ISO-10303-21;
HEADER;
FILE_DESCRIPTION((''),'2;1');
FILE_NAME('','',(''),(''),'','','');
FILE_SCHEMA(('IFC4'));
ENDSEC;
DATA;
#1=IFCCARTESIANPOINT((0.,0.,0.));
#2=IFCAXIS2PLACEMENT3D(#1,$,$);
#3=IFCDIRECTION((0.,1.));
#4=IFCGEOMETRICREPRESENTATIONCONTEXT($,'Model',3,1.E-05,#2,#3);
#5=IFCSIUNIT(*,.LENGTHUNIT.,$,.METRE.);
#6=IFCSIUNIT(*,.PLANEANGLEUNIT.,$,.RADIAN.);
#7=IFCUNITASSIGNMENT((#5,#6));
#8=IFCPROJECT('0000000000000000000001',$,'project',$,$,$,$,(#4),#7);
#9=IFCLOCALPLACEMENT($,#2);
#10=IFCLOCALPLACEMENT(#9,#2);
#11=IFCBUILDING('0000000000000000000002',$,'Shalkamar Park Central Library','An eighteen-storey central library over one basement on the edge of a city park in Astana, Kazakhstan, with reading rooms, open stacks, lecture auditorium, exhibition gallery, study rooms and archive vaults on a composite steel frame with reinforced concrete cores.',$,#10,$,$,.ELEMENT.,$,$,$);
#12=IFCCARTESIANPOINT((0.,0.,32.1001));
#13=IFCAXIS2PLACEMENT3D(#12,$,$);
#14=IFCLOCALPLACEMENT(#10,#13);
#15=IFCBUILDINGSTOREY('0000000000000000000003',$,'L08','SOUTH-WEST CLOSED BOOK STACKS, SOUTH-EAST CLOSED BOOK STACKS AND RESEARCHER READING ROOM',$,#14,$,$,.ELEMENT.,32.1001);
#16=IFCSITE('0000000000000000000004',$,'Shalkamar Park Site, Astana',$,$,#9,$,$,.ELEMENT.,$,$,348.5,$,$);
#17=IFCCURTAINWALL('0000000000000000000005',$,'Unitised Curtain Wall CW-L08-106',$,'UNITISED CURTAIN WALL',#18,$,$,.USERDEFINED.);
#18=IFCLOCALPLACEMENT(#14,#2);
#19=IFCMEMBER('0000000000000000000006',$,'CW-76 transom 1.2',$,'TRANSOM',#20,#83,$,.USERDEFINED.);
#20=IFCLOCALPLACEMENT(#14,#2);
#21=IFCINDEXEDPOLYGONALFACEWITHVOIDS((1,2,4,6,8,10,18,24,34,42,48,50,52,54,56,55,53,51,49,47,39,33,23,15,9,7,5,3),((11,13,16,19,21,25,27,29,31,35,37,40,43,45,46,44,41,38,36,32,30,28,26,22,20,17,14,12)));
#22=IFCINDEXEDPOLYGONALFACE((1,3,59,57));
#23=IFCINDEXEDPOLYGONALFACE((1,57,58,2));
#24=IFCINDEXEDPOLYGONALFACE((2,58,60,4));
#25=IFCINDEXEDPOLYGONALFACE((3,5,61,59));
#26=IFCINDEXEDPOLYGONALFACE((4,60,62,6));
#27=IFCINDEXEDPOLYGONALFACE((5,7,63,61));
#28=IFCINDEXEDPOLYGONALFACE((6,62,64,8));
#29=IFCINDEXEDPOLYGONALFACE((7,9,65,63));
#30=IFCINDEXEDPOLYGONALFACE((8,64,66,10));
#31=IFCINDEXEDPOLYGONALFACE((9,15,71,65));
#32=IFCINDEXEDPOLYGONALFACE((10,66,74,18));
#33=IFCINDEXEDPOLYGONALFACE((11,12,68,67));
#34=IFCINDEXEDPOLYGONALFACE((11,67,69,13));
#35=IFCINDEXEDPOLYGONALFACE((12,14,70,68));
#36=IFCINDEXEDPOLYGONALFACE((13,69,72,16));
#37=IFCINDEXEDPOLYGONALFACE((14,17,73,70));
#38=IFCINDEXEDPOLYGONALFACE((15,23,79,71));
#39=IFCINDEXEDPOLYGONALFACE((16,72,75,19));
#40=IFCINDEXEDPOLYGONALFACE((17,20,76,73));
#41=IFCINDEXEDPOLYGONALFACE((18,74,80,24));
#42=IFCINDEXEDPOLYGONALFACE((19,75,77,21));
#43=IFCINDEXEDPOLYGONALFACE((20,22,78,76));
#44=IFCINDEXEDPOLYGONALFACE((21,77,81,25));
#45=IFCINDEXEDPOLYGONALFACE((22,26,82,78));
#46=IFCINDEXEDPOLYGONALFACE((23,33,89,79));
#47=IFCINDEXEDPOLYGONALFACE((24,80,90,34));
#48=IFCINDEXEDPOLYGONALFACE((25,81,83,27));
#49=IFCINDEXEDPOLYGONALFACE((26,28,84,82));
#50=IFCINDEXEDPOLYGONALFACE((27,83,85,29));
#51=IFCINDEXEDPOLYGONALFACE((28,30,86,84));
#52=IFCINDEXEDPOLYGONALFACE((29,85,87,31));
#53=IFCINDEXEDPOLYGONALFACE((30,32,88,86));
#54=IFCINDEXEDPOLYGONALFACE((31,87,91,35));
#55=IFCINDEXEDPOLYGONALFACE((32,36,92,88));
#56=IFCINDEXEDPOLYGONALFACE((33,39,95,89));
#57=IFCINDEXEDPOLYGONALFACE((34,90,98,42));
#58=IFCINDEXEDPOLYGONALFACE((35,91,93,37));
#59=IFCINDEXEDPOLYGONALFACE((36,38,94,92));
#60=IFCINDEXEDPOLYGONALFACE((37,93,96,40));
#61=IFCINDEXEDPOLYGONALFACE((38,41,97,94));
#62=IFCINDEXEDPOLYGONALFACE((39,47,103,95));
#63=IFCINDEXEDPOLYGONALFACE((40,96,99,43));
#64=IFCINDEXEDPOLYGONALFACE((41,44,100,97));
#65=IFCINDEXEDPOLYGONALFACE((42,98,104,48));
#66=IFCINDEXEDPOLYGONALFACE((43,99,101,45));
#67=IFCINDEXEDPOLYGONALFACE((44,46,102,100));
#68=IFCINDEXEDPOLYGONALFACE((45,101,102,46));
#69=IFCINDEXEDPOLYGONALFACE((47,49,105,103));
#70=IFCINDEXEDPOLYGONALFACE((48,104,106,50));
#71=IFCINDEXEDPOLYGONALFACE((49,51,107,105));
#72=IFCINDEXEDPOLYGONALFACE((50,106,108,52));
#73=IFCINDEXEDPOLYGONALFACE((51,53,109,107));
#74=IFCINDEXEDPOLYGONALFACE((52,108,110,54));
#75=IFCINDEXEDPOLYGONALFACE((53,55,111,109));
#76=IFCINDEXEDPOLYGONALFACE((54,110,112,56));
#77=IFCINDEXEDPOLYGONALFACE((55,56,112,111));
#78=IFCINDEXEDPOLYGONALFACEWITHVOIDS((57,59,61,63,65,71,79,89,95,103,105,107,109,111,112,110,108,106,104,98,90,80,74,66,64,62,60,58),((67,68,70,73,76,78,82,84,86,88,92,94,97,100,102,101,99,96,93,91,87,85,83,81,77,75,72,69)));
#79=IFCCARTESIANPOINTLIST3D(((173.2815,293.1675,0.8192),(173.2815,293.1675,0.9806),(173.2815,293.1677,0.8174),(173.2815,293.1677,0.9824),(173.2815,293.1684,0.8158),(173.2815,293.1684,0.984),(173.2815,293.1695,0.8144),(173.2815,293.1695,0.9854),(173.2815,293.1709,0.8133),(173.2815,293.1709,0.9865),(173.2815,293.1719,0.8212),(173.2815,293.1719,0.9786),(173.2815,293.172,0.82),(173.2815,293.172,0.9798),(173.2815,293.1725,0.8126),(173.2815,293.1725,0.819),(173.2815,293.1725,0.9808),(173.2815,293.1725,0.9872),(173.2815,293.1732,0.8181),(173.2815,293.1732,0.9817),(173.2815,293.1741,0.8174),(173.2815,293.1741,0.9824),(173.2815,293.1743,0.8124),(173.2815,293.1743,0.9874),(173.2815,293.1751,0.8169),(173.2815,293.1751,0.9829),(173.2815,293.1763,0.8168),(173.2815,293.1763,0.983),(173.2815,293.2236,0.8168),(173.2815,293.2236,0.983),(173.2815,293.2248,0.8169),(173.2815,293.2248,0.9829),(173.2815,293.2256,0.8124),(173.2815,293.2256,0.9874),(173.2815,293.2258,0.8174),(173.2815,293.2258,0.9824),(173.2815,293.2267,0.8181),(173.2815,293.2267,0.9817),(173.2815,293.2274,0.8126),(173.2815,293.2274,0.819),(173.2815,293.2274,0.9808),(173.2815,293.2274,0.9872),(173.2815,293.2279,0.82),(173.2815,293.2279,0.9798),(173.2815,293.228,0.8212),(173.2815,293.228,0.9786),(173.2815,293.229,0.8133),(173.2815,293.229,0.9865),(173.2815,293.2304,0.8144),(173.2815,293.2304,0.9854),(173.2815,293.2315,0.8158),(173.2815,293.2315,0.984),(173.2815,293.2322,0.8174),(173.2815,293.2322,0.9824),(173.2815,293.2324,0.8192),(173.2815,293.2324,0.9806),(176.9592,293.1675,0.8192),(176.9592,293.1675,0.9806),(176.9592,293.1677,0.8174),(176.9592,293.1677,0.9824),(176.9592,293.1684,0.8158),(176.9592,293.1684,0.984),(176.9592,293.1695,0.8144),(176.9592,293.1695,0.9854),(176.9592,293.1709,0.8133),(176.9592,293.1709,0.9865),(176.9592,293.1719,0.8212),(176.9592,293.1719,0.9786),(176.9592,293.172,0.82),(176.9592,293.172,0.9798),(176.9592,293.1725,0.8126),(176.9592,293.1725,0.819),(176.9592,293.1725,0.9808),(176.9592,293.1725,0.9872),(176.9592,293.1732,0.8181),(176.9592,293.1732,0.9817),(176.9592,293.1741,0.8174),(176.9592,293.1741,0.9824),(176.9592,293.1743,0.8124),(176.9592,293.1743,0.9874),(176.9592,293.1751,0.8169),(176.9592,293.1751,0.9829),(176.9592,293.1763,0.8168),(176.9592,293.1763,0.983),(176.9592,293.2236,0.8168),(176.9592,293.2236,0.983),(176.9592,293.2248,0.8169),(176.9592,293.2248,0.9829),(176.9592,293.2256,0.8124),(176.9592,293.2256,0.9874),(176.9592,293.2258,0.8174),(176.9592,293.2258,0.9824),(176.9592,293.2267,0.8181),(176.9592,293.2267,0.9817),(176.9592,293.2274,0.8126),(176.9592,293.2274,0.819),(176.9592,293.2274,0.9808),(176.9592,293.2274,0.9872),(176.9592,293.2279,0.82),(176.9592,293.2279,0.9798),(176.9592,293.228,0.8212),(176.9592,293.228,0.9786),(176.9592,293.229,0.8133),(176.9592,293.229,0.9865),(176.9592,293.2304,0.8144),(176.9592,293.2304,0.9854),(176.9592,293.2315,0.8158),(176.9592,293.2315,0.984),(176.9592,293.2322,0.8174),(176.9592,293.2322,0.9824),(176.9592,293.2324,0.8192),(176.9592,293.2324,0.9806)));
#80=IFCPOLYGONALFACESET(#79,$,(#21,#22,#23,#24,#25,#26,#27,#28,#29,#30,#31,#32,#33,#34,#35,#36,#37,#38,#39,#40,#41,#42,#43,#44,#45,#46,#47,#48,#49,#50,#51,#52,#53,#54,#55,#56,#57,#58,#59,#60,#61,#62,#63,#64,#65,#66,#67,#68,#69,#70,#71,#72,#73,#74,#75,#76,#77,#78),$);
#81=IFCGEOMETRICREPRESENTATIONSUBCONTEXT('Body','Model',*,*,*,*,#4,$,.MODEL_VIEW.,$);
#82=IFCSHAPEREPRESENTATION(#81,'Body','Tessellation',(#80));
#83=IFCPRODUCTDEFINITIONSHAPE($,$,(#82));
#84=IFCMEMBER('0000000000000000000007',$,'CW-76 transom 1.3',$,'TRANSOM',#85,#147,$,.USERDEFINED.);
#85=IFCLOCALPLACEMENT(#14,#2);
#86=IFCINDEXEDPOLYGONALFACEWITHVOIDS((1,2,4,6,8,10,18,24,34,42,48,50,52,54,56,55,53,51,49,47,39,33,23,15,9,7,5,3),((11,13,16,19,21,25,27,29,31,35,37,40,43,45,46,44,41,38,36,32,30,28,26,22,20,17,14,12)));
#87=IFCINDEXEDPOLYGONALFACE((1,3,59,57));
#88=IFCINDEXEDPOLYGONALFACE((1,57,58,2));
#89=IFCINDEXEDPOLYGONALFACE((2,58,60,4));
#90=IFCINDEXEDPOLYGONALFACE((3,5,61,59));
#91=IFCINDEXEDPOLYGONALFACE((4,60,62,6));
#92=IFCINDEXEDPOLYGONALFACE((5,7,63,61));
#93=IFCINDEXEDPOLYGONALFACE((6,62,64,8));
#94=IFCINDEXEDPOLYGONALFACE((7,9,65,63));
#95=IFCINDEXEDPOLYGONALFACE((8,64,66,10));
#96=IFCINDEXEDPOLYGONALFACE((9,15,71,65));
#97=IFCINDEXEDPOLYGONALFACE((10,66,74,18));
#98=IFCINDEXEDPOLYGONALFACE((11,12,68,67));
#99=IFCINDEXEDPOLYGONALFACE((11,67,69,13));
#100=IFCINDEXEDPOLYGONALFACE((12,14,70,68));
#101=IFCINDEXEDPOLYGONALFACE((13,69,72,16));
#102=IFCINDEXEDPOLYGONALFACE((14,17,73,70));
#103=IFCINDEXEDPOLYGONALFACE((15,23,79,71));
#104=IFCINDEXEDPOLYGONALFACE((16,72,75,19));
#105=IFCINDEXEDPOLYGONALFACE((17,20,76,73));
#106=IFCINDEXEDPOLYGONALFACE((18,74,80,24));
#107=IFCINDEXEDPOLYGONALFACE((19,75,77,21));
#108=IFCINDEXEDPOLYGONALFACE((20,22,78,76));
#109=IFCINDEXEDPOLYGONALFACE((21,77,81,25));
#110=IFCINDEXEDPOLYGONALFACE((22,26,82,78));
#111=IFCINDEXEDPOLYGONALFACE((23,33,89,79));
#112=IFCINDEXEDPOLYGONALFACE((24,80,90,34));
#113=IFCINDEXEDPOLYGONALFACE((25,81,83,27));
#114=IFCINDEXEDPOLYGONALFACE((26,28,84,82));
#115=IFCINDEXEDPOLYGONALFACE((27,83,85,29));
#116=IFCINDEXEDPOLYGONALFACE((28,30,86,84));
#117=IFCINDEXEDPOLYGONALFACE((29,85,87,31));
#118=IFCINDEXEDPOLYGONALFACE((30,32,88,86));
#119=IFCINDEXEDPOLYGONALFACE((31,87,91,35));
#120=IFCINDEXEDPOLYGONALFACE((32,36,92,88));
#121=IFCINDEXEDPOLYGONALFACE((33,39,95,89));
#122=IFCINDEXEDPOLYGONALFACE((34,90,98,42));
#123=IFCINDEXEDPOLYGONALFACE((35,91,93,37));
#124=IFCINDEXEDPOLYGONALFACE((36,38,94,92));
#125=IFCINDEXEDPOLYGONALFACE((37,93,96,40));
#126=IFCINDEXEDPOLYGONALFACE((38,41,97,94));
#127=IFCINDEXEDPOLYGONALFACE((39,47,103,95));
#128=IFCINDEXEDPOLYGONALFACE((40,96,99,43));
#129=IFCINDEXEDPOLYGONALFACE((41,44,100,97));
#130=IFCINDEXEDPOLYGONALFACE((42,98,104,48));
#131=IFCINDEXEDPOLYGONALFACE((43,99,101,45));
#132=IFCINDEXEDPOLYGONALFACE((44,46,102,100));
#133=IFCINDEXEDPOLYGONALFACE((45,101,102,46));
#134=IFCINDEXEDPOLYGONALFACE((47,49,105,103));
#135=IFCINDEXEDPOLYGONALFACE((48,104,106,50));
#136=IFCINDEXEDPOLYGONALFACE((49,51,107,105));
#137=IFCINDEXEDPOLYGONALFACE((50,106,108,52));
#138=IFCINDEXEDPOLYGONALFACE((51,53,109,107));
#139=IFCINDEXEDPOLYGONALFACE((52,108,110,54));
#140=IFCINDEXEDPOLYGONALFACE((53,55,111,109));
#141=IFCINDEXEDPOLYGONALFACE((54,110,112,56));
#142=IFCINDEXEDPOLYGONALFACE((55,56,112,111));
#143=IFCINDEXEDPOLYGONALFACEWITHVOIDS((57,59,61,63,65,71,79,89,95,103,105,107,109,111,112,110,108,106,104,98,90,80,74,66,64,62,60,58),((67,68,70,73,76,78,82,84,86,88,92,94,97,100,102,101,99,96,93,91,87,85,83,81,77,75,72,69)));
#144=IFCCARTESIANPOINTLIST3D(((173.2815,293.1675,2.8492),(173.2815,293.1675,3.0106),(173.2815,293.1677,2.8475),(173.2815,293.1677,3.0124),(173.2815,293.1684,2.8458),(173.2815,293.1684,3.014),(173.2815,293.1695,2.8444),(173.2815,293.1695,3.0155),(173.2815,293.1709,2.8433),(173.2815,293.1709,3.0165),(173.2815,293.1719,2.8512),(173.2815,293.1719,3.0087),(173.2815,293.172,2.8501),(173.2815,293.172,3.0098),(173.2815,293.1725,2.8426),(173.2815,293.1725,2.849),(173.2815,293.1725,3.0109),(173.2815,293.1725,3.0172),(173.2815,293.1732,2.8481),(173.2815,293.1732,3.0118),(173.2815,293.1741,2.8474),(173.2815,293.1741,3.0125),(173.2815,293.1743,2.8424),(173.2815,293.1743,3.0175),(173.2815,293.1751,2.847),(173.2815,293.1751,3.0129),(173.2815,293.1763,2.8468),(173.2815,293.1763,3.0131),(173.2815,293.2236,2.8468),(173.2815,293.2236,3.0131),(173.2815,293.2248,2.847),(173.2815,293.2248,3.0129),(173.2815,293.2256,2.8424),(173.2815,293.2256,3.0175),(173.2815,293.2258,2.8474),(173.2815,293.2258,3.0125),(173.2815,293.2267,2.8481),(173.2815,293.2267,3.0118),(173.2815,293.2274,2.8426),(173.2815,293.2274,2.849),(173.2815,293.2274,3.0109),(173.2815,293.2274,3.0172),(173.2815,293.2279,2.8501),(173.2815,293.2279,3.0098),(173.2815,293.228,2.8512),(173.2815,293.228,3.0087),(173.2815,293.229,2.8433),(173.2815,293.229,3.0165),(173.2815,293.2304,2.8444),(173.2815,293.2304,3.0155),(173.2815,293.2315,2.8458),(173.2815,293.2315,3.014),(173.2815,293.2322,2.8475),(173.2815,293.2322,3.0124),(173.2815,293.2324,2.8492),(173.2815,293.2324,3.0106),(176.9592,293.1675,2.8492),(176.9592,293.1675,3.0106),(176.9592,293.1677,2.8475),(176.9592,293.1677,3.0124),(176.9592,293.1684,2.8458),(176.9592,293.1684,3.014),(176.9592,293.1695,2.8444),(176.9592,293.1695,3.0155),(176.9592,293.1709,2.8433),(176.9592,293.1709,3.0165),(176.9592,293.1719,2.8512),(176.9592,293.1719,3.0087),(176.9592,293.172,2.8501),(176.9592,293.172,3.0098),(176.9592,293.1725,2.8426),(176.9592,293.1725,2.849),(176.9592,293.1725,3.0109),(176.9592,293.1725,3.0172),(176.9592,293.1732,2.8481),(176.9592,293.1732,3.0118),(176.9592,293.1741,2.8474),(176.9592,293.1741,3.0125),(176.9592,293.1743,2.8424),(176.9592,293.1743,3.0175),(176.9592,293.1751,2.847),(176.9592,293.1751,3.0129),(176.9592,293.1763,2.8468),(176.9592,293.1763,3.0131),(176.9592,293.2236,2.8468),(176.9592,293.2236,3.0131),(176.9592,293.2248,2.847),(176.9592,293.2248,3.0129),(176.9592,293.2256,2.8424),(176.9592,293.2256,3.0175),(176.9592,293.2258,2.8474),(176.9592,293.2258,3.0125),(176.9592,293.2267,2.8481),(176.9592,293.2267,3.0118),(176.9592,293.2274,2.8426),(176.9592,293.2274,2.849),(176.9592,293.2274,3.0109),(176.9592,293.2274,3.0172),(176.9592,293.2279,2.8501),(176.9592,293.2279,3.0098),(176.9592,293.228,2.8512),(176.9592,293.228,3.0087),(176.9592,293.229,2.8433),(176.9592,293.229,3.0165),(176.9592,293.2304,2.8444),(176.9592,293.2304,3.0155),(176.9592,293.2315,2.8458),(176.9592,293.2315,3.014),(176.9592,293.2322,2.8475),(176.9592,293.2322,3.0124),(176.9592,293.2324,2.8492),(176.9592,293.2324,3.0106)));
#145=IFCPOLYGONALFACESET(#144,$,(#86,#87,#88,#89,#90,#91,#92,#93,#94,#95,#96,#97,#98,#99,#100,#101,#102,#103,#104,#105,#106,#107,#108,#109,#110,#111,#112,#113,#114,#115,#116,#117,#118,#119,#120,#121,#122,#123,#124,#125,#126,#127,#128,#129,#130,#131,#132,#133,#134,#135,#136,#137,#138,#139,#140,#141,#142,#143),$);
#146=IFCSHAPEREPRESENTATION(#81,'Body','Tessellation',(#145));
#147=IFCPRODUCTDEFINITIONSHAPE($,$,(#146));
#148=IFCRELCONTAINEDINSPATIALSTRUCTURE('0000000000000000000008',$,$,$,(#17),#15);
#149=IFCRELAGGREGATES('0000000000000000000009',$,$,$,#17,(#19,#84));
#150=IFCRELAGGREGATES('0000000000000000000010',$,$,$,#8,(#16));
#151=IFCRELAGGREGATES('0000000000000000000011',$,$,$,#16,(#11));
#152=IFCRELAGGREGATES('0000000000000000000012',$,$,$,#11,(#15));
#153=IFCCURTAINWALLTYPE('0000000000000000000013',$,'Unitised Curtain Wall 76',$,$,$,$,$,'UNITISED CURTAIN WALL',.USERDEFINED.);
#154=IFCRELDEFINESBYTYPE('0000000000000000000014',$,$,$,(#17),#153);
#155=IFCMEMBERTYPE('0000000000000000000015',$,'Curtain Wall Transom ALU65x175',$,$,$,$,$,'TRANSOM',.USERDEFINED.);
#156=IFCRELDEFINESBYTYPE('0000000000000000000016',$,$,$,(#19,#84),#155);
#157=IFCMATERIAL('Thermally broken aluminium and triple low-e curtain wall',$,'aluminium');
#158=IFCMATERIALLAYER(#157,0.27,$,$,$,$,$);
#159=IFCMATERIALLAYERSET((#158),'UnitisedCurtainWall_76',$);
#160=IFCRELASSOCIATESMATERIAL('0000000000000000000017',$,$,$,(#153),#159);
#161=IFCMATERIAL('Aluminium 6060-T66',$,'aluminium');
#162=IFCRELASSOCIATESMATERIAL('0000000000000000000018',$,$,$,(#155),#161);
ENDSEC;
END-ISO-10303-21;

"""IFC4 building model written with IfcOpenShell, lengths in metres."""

from ifc_helpers import new_model, si_unit, direction, frame, origin, origin_2d, place, context, subcontext, project, spatial, hollow_rectangle, extrude, material, layer, layer_set, material_profile, profile_set, type_object, element, aggregate, save


model = new_model("IFC4")

# Units and contexts
model_context = context("Model", 3, precision=1e-05, world=origin(), true_north=direction((0.0, 1.0)))
body_context = subcontext(model_context, "Body", "Model", "MODEL_VIEW")
ifc_project = project(units=[si_unit("LENGTHUNIT", "METRE"), si_unit("PLANEANGLEUNIT", "RADIAN")], contexts=[model_context])

# Site, building, storey
site_placement = place(None, origin())
site = spatial("IfcSite", under=ifc_project, at=site_placement, Name="Shalkamar Park Site, Astana", CompositionType="ELEMENT", RefElevation=348.5)
building_placement = place(site_placement, origin())
building = spatial("IfcBuilding", under=site, at=building_placement, Name="Shalkamar Park Central Library", Description="An eighteen-storey central library over one basement on the edge of a city park in Astana, Kazakhstan, with reading rooms, open stacks, lecture auditorium, exhibition gallery, study rooms and archive vaults on a composite steel frame with reinforced concrete cores.", CompositionType="ELEMENT")
storey_placement = place(building_placement, frame((0.0, 0.0, 32.1001)))
storey = spatial("IfcBuildingStorey", under=building, at=storey_placement, Name="L08", Description="SOUTH-WEST CLOSED BOOK STACKS, SOUTH-EAST CLOSED BOOK STACKS AND RESEARCHER READING ROOM", CompositionType="ELEMENT", Elevation=32.1001)

# Curtain wall
ifc_material_1 = material(Name="Thermally broken aluminium and triple low-e curtain wall", Category="aluminium")
ifc_material_2 = material(Name="Aluminium 6060-T66", Category="aluminium")
ifc_layer_1 = layer(ifc_material_1, 0.27)
ifc_layer_set_1 = layer_set([ifc_layer_1], Name="UnitisedCurtainWall_76")
curtain_wall_type_1 = type_object("IfcCurtainWallType", Name="Unitised Curtain Wall 76", ElementType="UNITISED CURTAIN WALL", PredefinedType="USERDEFINED", material=ifc_layer_set_1)
curtain_wall_1_placement = place(storey_placement, origin())
curtain_wall_1 = element("IfcCurtainWall", 1, at=curtain_wall_1_placement, inside=storey, type_object=curtain_wall_type_1, Name="Unitised Curtain Wall CW-L08-106", ObjectType="UNITISED CURTAIN WALL", PredefinedType="USERDEFINED")

# Members
ifc_material_profile_1 = material_profile(ifc_material_2, hollow_rectangle(XDim=0.0649, YDim=0.175, WallThickness=0.0044, InnerFilletRadius=0.0044, OuterFilletRadius=0.0068, at=origin_2d()), Name="ALU 65x175x4.5")
ifc_profile_set_1 = profile_set([ifc_material_profile_1], Name="Aluminium 6060-T66")
member_type_1 = type_object("IfcMemberType", Name="Curtain Wall Transom ALU65x175", ElementType="TRANSOM", PredefinedType="USERDEFINED", material=ifc_profile_set_1)
member_1_placement = place(storey_placement, frame((173.2815, 293.2, 0.8999), z_axis=(1.0, 0.0, 0.0), x_axis=(0.0, 1.0, 0.0)))
member_1 = element("IfcMember", 2, at=member_1_placement, type_object=member_type_1, Name="CW-76 transom 1.2", ObjectType="TRANSOM", PredefinedType="USERDEFINED", context=body_context, shape_type="SweptSolid", body=[
    extrude(hollow_rectangle(XDim=0.0649, YDim=0.175, WallThickness=0.0044, InnerFilletRadius=0.0044, OuterFilletRadius=0.0068, at=origin_2d()), origin(), (0.0, 0.0, 1.0), 3.6777),
])
member_2_placement = place(storey_placement, frame((173.2815, 293.2, 2.9299), z_axis=(1.0, 0.0, 0.0), x_axis=(0.0, 1.0, 0.0)))
member_2 = element("IfcMember", 3, at=member_2_placement, type_object=member_type_1, Name="CW-76 transom 1.3", ObjectType="TRANSOM", PredefinedType="USERDEFINED", context=body_context, shape_type="SweptSolid", body=[
    extrude(hollow_rectangle(XDim=0.0649, YDim=0.175, WallThickness=0.0044, InnerFilletRadius=0.0044, OuterFilletRadius=0.0068, at=origin_2d()), origin(), (0.0, 0.0, 1.0), 3.6777),
])

aggregate(curtain_wall_1, [member_1, member_2])

save(model, "model.ifc")
